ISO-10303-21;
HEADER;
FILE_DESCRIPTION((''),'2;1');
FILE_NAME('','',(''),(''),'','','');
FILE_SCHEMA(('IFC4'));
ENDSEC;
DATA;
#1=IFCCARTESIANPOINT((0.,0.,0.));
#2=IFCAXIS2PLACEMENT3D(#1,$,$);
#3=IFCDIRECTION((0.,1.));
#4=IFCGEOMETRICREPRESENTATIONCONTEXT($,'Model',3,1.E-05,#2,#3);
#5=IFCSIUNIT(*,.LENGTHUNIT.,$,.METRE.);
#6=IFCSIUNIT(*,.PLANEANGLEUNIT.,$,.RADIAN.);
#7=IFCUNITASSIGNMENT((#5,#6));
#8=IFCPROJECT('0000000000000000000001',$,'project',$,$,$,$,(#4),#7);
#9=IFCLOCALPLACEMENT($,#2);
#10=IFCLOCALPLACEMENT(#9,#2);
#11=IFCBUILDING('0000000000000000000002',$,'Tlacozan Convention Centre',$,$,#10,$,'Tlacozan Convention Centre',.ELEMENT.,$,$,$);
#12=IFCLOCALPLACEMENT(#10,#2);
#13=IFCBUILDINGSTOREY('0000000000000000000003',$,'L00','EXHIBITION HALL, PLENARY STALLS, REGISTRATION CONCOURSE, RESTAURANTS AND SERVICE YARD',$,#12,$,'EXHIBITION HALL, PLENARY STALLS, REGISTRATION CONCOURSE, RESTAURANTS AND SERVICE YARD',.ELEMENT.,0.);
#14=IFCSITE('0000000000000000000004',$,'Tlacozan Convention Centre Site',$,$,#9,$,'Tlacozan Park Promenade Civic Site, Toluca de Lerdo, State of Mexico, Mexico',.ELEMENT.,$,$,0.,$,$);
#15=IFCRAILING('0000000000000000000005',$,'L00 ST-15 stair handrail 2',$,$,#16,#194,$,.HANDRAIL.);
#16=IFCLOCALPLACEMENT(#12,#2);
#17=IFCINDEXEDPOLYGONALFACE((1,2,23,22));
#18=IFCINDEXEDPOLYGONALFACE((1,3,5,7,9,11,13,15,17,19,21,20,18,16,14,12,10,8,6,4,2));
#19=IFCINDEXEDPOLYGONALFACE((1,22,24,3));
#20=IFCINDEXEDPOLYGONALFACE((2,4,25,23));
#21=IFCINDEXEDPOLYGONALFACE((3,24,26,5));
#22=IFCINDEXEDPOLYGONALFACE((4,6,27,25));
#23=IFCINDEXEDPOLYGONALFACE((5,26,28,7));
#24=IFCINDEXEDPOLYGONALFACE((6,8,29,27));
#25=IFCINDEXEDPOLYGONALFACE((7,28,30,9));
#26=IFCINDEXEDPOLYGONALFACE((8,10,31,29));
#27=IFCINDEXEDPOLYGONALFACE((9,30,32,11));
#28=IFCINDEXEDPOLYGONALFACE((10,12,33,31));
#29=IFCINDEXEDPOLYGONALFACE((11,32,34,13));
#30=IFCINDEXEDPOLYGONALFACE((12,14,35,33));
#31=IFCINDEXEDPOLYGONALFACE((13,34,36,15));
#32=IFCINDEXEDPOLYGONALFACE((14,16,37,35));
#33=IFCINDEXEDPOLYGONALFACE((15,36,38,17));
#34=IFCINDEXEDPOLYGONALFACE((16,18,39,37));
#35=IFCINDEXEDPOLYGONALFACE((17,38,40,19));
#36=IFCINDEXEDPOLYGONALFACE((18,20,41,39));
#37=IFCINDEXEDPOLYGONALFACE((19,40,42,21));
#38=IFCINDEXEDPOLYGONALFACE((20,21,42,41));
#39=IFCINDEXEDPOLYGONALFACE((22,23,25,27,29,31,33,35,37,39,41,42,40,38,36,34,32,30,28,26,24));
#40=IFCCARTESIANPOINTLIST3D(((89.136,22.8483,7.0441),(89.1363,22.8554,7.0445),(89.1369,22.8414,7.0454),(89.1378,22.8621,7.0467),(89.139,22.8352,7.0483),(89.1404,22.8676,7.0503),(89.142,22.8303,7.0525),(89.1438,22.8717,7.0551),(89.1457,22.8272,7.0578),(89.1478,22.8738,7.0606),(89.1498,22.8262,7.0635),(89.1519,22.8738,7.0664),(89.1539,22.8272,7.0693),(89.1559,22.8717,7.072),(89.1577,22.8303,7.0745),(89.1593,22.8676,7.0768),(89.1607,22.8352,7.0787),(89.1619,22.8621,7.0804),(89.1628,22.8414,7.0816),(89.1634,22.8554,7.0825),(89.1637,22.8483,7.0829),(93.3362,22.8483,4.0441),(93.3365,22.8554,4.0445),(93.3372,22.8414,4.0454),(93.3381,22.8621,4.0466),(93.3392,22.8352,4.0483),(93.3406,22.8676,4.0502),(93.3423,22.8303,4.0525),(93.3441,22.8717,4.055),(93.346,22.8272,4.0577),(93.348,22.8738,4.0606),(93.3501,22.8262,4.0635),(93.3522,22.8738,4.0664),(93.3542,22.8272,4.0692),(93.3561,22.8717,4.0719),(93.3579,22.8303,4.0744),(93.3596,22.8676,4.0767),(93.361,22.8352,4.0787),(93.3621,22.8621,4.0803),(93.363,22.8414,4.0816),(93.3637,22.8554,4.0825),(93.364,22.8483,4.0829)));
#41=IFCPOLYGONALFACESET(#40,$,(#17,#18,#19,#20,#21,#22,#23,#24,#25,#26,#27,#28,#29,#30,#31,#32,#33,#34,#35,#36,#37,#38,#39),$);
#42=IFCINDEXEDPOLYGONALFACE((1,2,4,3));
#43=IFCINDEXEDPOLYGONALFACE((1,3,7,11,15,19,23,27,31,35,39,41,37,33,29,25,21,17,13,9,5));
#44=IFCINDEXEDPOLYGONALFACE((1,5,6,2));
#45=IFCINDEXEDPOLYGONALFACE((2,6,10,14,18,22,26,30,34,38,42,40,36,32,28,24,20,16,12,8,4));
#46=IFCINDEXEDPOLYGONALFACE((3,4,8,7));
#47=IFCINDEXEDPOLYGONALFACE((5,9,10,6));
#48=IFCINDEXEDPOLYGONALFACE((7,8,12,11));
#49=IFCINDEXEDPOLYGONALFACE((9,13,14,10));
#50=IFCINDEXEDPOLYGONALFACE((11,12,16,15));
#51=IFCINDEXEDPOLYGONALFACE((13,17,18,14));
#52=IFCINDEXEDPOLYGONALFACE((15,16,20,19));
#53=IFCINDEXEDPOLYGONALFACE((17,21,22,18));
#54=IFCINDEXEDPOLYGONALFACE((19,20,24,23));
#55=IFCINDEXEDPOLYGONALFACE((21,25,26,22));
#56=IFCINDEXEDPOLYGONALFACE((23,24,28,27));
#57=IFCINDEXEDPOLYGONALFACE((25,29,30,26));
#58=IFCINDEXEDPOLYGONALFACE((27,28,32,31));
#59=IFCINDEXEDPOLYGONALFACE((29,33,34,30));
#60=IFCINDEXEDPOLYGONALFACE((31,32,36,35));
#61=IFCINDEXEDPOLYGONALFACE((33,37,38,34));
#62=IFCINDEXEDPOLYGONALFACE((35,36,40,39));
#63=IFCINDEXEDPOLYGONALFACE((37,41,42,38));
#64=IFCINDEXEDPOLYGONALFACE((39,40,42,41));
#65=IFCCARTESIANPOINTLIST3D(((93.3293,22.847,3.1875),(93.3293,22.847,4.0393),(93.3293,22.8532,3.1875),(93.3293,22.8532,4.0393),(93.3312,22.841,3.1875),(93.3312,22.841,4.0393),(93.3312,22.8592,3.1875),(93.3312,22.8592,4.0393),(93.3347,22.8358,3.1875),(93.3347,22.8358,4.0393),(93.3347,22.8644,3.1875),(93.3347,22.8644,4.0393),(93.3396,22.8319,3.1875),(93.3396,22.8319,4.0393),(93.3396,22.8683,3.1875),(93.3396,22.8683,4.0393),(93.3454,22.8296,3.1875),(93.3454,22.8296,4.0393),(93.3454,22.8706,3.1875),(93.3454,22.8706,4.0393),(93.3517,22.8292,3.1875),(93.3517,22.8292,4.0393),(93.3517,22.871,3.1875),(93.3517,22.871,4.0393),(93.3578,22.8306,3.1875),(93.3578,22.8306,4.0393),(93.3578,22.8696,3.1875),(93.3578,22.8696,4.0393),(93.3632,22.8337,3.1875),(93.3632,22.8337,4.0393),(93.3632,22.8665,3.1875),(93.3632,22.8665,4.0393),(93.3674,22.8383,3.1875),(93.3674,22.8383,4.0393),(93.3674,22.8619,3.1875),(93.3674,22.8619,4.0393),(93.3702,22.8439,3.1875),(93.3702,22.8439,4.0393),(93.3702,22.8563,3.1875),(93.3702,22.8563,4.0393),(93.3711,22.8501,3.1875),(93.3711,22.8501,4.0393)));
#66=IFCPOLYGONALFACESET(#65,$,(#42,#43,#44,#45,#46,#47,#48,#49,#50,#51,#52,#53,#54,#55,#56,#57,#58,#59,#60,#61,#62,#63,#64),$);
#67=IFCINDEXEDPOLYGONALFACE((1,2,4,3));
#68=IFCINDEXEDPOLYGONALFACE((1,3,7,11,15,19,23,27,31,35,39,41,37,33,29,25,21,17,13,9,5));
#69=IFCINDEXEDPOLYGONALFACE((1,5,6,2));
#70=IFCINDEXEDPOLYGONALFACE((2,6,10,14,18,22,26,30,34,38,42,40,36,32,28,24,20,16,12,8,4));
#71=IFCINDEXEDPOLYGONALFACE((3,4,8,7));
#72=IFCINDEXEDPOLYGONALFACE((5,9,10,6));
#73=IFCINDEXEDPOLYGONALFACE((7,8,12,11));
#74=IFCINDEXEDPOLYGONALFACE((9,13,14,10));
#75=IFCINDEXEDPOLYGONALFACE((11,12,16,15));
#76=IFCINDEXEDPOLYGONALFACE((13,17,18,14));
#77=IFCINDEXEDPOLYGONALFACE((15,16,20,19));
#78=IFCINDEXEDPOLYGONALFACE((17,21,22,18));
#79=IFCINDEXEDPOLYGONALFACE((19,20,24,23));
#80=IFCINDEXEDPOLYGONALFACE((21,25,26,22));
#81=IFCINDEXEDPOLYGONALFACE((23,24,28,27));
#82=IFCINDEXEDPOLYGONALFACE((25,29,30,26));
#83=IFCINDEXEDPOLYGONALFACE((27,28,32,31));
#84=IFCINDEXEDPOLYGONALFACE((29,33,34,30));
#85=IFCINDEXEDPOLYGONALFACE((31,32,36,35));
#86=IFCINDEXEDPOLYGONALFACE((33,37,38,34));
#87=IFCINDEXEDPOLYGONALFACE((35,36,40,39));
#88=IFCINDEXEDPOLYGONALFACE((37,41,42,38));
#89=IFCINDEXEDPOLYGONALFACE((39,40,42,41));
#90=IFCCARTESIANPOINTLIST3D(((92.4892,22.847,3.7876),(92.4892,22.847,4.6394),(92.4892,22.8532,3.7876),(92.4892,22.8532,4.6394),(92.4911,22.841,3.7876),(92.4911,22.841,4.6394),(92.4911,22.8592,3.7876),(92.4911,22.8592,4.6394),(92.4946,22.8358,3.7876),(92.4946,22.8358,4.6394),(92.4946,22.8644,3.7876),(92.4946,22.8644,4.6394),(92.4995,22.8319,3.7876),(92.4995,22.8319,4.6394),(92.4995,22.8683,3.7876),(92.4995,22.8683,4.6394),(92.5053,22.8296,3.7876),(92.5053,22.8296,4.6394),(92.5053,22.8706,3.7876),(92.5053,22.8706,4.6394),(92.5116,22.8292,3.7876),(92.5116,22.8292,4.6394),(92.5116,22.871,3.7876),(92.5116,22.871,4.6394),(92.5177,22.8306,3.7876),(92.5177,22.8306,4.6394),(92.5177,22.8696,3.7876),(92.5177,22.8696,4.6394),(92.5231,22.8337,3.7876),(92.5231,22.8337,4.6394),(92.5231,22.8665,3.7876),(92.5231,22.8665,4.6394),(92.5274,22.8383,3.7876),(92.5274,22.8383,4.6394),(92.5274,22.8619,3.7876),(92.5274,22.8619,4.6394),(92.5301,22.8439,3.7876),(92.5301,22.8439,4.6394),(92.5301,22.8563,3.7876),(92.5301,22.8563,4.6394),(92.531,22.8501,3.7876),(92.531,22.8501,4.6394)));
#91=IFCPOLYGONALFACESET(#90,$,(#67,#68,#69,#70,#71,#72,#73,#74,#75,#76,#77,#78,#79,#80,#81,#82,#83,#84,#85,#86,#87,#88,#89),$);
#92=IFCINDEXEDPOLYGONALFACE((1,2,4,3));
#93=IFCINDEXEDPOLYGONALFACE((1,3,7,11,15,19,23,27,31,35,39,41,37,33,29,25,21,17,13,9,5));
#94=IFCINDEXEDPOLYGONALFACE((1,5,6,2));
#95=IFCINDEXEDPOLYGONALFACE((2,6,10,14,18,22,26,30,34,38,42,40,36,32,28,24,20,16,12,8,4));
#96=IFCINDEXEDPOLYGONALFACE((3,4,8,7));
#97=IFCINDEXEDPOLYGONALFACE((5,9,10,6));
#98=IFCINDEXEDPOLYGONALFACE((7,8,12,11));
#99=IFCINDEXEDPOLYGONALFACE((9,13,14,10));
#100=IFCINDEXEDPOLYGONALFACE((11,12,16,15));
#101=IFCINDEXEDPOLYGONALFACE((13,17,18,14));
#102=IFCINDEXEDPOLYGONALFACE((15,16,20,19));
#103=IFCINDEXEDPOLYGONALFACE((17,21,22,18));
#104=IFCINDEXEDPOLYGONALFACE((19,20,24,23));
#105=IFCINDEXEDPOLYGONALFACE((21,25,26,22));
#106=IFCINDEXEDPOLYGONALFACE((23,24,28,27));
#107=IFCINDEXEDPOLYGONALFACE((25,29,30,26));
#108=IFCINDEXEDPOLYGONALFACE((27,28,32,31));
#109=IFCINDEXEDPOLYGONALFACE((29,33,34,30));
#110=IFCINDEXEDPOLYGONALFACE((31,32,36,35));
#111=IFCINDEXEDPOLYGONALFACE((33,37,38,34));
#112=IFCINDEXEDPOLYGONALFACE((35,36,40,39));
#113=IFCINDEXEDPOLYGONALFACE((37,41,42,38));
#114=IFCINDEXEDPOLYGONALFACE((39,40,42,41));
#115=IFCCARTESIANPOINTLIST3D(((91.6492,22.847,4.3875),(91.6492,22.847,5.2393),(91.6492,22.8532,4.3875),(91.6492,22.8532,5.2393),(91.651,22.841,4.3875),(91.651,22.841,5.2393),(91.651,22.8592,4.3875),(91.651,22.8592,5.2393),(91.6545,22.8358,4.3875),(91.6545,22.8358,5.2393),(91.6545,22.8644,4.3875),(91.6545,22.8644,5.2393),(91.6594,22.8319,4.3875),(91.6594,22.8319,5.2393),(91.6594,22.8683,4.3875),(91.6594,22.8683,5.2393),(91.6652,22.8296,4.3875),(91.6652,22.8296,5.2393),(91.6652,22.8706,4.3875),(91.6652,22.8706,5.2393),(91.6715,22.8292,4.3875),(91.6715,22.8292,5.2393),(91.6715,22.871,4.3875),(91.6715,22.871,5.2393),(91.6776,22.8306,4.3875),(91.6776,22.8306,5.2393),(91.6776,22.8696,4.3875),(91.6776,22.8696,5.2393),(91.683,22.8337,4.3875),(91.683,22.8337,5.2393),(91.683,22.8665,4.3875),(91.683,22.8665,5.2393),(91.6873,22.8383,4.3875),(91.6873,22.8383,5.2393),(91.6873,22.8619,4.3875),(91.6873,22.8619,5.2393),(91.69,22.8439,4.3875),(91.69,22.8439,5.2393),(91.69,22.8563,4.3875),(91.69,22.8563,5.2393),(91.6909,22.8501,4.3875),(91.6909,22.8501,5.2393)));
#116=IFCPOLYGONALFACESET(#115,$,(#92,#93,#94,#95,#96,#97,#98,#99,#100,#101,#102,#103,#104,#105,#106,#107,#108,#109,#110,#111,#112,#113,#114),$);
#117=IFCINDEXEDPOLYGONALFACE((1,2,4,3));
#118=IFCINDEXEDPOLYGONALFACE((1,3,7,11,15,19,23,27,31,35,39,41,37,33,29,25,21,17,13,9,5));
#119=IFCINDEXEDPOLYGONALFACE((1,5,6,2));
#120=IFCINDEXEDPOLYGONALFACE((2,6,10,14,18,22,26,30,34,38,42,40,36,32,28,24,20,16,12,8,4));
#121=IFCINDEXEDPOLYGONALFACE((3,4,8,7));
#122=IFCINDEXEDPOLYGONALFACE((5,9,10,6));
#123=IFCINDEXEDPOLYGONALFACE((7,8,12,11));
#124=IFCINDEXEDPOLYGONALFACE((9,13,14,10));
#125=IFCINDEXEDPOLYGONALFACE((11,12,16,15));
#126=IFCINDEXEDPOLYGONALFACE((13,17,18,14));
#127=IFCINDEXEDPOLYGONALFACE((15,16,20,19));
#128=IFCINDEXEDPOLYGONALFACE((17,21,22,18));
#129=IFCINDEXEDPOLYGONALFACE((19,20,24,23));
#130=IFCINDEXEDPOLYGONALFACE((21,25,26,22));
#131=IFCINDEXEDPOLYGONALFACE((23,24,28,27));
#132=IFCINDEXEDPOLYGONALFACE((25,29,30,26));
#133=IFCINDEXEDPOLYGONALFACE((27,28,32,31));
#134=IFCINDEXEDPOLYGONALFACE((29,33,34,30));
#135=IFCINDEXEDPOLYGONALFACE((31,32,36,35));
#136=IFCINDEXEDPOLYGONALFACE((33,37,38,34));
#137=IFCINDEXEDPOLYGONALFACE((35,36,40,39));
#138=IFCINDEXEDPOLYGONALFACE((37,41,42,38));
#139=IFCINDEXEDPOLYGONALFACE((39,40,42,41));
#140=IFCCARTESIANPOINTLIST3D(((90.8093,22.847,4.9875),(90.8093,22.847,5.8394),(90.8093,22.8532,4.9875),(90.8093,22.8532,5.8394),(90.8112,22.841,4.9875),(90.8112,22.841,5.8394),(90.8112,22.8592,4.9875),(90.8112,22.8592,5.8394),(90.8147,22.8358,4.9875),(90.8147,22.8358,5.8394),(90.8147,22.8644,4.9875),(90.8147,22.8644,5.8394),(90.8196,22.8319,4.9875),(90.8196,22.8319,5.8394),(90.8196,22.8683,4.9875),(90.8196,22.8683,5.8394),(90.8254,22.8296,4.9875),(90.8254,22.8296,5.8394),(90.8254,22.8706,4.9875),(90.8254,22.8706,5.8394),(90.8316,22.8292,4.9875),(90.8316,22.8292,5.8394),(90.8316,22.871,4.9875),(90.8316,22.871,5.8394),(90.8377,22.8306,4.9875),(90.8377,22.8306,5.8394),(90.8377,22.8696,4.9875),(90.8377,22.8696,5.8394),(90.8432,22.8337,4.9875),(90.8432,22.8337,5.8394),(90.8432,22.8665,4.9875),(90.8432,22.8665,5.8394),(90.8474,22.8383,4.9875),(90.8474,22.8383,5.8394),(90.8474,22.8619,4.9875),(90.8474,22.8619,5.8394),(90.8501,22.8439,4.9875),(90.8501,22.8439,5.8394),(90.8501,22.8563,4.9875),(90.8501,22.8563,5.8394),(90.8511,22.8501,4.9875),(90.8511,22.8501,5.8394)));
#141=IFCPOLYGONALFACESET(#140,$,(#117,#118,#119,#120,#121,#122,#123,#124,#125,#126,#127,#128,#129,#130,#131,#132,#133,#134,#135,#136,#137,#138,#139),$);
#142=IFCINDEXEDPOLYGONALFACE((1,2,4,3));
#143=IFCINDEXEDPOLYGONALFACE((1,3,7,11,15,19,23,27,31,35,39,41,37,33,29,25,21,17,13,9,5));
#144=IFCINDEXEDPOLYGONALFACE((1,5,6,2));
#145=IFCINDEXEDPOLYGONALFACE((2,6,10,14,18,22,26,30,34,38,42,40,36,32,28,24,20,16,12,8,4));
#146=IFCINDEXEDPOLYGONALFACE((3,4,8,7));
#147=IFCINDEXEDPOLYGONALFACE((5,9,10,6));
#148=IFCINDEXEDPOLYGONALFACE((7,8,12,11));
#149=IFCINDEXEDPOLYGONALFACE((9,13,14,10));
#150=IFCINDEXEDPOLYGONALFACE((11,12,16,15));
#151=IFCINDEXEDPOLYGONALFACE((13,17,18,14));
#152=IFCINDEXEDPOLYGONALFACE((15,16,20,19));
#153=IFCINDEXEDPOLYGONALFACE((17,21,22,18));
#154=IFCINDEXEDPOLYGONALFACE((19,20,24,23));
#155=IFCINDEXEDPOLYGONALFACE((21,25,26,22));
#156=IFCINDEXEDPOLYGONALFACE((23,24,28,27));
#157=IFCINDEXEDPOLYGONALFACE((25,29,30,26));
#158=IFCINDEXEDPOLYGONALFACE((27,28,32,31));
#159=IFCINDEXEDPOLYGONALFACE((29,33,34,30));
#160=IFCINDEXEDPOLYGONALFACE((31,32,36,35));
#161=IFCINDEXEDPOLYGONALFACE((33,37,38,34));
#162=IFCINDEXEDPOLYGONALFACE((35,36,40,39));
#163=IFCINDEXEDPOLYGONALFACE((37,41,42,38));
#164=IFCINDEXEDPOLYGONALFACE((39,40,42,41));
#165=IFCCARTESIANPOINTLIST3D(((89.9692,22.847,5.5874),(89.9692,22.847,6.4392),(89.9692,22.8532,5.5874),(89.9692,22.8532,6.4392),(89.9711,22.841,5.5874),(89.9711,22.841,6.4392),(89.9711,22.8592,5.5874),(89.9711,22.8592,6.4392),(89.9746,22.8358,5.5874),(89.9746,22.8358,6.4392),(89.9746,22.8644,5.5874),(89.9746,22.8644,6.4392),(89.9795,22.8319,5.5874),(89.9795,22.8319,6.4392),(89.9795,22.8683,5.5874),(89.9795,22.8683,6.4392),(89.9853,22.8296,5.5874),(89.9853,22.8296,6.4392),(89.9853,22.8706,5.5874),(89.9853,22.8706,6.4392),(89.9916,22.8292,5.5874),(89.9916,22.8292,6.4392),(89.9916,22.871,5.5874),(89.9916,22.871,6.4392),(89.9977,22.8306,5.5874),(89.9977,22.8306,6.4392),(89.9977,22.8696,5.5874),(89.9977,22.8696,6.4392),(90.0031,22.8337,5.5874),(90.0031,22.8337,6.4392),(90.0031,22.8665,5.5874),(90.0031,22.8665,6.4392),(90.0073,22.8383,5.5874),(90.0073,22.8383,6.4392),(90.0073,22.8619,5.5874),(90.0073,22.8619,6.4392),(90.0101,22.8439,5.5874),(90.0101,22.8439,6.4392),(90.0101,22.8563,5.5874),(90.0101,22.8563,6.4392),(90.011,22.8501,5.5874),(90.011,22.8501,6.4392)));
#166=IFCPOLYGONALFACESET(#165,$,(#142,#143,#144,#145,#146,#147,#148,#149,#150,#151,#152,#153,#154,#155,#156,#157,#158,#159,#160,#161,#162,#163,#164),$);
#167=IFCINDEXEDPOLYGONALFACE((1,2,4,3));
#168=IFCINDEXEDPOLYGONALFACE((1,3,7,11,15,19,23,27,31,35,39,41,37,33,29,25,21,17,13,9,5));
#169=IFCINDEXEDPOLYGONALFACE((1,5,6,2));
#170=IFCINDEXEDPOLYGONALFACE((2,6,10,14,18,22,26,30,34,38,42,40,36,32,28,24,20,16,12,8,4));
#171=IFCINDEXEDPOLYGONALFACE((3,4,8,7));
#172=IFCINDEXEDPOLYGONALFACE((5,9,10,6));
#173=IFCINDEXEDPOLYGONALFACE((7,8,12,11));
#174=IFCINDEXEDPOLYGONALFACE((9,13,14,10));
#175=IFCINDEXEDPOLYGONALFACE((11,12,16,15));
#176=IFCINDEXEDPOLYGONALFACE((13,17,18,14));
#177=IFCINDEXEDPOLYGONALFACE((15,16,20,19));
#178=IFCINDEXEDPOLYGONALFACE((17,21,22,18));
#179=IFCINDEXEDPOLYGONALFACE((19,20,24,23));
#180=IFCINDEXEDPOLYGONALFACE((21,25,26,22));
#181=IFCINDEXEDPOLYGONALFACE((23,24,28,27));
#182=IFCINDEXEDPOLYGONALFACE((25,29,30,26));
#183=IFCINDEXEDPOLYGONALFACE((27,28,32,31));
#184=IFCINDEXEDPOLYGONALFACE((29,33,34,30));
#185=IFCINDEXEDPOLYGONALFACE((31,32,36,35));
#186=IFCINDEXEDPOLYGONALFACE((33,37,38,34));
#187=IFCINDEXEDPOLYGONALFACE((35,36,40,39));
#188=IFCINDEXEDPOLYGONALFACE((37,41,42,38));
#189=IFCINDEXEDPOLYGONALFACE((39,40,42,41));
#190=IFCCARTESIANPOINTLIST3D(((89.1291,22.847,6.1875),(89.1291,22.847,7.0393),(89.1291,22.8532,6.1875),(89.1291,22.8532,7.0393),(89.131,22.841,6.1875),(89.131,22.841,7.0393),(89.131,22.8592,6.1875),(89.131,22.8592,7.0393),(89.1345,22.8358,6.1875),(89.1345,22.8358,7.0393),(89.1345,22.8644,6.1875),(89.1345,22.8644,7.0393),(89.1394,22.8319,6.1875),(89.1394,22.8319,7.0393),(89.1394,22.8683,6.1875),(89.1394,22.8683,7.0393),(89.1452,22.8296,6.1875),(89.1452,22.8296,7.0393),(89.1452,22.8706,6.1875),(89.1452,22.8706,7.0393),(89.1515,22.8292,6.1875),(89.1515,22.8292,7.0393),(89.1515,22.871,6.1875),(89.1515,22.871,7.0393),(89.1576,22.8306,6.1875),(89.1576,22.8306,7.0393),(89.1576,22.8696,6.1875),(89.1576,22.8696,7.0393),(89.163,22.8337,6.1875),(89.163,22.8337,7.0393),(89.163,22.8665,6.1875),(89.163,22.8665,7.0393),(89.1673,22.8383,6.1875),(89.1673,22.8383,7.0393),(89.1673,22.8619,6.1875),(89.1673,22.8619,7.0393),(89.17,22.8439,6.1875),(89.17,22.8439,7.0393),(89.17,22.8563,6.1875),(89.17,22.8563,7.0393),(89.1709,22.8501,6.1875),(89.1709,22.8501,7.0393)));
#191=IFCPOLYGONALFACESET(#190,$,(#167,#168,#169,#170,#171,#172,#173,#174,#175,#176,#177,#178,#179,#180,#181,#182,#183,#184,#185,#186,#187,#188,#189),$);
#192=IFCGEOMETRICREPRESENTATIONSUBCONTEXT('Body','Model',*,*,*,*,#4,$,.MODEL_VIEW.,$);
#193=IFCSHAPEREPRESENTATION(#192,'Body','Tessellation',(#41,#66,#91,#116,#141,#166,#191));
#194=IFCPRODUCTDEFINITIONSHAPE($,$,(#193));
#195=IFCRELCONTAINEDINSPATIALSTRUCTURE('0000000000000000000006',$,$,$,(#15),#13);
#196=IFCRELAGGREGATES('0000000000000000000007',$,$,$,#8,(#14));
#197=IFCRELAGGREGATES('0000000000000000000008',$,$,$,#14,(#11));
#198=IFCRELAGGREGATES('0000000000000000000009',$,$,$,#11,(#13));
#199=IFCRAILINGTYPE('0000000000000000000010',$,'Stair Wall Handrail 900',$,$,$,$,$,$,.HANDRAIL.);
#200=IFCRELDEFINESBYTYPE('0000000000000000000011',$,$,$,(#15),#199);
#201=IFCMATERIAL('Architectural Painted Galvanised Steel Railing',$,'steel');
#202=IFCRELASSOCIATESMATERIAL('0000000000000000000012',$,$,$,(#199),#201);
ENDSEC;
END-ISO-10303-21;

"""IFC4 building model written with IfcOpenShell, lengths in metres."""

from ifc_helpers import new_model, si_unit, direction, frame, origin, origin_2d, place, context, subcontext, project, spatial, circle, extrude, material, type_object, element, save


model = new_model("IFC4")

# Units and contexts
model_context = context("Model", 3, precision=1e-05, world=origin(), true_north=direction((0.0, 1.0)))
body_context = subcontext(model_context, "Body", "Model", "MODEL_VIEW")
ifc_project = project(units=[si_unit("LENGTHUNIT", "METRE"), si_unit("PLANEANGLEUNIT", "RADIAN")], contexts=[model_context])

# Site, building, storey
site_placement = place(None, origin())
site = spatial("IfcSite", under=ifc_project, at=site_placement, Name="Tlacozan Convention Centre Site", LongName="Tlacozan Park Promenade Civic Site, Toluca de Lerdo, State of Mexico, Mexico", CompositionType="ELEMENT", RefElevation=0.0)
building_placement = place(site_placement, origin())
building = spatial("IfcBuilding", under=site, at=building_placement, Name="Tlacozan Convention Centre", LongName="Tlacozan Convention Centre", CompositionType="ELEMENT")
storey_placement = place(building_placement, origin())
storey = spatial("IfcBuildingStorey", under=building, at=storey_placement, Name="L00", Description="EXHIBITION HALL, PLENARY STALLS, REGISTRATION CONCOURSE, RESTAURANTS AND SERVICE YARD", LongName="EXHIBITION HALL, PLENARY STALLS, REGISTRATION CONCOURSE, RESTAURANTS AND SERVICE YARD", CompositionType="ELEMENT", Elevation=0.0)

# Railing
ifc_material_1 = material(Name="Architectural Painted Galvanised Steel Railing", Category="steel")
railing_type_1 = type_object("IfcRailingType", Name="Stair Wall Handrail 900", PredefinedType="HANDRAIL", material=ifc_material_1)
railing_1_placement = place(storey_placement, frame((93.3501, 22.8501, 3.1875)))
element("IfcRailing", 1, at=railing_1_placement, inside=storey, type_object=railing_type_1, Name="L00 ST-15 stair handrail 2", PredefinedType="HANDRAIL", context=body_context, shape_type="SweptSolid", body=[
    extrude(circle(Radius=0.0239, at=origin_2d()), frame((0.0, 0.0, 0.876), z_axis=(-0.813746, 0.0, 0.58122), x_axis=(0.0, -1.0, 0.0)), (0.0, 0.0, 1.0), 5.1616),
    extrude(circle(Radius=0.021, at=origin_2d()), origin(), (0.0, 0.0, 1.0), 0.8518),
    extrude(circle(Radius=0.021, at=origin_2d()), frame((-0.8401, 0.0, 0.6001)), (0.0, 0.0, 1.0), 0.8518),
    extrude(circle(Radius=0.021, at=origin_2d()), frame((-1.6802, 0.0, 1.2)), (0.0, 0.0, 1.0), 0.8518),
    extrude(circle(Radius=0.021, at=origin_2d()), frame((-2.52, 0.0, 1.8)), (0.0, 0.0, 1.0), 0.8518),
    extrude(circle(Radius=0.021, at=origin_2d()), frame((-3.3601, 0.0, 2.3999)), (0.0, 0.0, 1.0), 0.8518),
    extrude(circle(Radius=0.021, at=origin_2d()), frame((-4.2002, 0.0, 3.0)), (0.0, 0.0, 1.0), 0.8518),
])

save(model, "model.ifc")
